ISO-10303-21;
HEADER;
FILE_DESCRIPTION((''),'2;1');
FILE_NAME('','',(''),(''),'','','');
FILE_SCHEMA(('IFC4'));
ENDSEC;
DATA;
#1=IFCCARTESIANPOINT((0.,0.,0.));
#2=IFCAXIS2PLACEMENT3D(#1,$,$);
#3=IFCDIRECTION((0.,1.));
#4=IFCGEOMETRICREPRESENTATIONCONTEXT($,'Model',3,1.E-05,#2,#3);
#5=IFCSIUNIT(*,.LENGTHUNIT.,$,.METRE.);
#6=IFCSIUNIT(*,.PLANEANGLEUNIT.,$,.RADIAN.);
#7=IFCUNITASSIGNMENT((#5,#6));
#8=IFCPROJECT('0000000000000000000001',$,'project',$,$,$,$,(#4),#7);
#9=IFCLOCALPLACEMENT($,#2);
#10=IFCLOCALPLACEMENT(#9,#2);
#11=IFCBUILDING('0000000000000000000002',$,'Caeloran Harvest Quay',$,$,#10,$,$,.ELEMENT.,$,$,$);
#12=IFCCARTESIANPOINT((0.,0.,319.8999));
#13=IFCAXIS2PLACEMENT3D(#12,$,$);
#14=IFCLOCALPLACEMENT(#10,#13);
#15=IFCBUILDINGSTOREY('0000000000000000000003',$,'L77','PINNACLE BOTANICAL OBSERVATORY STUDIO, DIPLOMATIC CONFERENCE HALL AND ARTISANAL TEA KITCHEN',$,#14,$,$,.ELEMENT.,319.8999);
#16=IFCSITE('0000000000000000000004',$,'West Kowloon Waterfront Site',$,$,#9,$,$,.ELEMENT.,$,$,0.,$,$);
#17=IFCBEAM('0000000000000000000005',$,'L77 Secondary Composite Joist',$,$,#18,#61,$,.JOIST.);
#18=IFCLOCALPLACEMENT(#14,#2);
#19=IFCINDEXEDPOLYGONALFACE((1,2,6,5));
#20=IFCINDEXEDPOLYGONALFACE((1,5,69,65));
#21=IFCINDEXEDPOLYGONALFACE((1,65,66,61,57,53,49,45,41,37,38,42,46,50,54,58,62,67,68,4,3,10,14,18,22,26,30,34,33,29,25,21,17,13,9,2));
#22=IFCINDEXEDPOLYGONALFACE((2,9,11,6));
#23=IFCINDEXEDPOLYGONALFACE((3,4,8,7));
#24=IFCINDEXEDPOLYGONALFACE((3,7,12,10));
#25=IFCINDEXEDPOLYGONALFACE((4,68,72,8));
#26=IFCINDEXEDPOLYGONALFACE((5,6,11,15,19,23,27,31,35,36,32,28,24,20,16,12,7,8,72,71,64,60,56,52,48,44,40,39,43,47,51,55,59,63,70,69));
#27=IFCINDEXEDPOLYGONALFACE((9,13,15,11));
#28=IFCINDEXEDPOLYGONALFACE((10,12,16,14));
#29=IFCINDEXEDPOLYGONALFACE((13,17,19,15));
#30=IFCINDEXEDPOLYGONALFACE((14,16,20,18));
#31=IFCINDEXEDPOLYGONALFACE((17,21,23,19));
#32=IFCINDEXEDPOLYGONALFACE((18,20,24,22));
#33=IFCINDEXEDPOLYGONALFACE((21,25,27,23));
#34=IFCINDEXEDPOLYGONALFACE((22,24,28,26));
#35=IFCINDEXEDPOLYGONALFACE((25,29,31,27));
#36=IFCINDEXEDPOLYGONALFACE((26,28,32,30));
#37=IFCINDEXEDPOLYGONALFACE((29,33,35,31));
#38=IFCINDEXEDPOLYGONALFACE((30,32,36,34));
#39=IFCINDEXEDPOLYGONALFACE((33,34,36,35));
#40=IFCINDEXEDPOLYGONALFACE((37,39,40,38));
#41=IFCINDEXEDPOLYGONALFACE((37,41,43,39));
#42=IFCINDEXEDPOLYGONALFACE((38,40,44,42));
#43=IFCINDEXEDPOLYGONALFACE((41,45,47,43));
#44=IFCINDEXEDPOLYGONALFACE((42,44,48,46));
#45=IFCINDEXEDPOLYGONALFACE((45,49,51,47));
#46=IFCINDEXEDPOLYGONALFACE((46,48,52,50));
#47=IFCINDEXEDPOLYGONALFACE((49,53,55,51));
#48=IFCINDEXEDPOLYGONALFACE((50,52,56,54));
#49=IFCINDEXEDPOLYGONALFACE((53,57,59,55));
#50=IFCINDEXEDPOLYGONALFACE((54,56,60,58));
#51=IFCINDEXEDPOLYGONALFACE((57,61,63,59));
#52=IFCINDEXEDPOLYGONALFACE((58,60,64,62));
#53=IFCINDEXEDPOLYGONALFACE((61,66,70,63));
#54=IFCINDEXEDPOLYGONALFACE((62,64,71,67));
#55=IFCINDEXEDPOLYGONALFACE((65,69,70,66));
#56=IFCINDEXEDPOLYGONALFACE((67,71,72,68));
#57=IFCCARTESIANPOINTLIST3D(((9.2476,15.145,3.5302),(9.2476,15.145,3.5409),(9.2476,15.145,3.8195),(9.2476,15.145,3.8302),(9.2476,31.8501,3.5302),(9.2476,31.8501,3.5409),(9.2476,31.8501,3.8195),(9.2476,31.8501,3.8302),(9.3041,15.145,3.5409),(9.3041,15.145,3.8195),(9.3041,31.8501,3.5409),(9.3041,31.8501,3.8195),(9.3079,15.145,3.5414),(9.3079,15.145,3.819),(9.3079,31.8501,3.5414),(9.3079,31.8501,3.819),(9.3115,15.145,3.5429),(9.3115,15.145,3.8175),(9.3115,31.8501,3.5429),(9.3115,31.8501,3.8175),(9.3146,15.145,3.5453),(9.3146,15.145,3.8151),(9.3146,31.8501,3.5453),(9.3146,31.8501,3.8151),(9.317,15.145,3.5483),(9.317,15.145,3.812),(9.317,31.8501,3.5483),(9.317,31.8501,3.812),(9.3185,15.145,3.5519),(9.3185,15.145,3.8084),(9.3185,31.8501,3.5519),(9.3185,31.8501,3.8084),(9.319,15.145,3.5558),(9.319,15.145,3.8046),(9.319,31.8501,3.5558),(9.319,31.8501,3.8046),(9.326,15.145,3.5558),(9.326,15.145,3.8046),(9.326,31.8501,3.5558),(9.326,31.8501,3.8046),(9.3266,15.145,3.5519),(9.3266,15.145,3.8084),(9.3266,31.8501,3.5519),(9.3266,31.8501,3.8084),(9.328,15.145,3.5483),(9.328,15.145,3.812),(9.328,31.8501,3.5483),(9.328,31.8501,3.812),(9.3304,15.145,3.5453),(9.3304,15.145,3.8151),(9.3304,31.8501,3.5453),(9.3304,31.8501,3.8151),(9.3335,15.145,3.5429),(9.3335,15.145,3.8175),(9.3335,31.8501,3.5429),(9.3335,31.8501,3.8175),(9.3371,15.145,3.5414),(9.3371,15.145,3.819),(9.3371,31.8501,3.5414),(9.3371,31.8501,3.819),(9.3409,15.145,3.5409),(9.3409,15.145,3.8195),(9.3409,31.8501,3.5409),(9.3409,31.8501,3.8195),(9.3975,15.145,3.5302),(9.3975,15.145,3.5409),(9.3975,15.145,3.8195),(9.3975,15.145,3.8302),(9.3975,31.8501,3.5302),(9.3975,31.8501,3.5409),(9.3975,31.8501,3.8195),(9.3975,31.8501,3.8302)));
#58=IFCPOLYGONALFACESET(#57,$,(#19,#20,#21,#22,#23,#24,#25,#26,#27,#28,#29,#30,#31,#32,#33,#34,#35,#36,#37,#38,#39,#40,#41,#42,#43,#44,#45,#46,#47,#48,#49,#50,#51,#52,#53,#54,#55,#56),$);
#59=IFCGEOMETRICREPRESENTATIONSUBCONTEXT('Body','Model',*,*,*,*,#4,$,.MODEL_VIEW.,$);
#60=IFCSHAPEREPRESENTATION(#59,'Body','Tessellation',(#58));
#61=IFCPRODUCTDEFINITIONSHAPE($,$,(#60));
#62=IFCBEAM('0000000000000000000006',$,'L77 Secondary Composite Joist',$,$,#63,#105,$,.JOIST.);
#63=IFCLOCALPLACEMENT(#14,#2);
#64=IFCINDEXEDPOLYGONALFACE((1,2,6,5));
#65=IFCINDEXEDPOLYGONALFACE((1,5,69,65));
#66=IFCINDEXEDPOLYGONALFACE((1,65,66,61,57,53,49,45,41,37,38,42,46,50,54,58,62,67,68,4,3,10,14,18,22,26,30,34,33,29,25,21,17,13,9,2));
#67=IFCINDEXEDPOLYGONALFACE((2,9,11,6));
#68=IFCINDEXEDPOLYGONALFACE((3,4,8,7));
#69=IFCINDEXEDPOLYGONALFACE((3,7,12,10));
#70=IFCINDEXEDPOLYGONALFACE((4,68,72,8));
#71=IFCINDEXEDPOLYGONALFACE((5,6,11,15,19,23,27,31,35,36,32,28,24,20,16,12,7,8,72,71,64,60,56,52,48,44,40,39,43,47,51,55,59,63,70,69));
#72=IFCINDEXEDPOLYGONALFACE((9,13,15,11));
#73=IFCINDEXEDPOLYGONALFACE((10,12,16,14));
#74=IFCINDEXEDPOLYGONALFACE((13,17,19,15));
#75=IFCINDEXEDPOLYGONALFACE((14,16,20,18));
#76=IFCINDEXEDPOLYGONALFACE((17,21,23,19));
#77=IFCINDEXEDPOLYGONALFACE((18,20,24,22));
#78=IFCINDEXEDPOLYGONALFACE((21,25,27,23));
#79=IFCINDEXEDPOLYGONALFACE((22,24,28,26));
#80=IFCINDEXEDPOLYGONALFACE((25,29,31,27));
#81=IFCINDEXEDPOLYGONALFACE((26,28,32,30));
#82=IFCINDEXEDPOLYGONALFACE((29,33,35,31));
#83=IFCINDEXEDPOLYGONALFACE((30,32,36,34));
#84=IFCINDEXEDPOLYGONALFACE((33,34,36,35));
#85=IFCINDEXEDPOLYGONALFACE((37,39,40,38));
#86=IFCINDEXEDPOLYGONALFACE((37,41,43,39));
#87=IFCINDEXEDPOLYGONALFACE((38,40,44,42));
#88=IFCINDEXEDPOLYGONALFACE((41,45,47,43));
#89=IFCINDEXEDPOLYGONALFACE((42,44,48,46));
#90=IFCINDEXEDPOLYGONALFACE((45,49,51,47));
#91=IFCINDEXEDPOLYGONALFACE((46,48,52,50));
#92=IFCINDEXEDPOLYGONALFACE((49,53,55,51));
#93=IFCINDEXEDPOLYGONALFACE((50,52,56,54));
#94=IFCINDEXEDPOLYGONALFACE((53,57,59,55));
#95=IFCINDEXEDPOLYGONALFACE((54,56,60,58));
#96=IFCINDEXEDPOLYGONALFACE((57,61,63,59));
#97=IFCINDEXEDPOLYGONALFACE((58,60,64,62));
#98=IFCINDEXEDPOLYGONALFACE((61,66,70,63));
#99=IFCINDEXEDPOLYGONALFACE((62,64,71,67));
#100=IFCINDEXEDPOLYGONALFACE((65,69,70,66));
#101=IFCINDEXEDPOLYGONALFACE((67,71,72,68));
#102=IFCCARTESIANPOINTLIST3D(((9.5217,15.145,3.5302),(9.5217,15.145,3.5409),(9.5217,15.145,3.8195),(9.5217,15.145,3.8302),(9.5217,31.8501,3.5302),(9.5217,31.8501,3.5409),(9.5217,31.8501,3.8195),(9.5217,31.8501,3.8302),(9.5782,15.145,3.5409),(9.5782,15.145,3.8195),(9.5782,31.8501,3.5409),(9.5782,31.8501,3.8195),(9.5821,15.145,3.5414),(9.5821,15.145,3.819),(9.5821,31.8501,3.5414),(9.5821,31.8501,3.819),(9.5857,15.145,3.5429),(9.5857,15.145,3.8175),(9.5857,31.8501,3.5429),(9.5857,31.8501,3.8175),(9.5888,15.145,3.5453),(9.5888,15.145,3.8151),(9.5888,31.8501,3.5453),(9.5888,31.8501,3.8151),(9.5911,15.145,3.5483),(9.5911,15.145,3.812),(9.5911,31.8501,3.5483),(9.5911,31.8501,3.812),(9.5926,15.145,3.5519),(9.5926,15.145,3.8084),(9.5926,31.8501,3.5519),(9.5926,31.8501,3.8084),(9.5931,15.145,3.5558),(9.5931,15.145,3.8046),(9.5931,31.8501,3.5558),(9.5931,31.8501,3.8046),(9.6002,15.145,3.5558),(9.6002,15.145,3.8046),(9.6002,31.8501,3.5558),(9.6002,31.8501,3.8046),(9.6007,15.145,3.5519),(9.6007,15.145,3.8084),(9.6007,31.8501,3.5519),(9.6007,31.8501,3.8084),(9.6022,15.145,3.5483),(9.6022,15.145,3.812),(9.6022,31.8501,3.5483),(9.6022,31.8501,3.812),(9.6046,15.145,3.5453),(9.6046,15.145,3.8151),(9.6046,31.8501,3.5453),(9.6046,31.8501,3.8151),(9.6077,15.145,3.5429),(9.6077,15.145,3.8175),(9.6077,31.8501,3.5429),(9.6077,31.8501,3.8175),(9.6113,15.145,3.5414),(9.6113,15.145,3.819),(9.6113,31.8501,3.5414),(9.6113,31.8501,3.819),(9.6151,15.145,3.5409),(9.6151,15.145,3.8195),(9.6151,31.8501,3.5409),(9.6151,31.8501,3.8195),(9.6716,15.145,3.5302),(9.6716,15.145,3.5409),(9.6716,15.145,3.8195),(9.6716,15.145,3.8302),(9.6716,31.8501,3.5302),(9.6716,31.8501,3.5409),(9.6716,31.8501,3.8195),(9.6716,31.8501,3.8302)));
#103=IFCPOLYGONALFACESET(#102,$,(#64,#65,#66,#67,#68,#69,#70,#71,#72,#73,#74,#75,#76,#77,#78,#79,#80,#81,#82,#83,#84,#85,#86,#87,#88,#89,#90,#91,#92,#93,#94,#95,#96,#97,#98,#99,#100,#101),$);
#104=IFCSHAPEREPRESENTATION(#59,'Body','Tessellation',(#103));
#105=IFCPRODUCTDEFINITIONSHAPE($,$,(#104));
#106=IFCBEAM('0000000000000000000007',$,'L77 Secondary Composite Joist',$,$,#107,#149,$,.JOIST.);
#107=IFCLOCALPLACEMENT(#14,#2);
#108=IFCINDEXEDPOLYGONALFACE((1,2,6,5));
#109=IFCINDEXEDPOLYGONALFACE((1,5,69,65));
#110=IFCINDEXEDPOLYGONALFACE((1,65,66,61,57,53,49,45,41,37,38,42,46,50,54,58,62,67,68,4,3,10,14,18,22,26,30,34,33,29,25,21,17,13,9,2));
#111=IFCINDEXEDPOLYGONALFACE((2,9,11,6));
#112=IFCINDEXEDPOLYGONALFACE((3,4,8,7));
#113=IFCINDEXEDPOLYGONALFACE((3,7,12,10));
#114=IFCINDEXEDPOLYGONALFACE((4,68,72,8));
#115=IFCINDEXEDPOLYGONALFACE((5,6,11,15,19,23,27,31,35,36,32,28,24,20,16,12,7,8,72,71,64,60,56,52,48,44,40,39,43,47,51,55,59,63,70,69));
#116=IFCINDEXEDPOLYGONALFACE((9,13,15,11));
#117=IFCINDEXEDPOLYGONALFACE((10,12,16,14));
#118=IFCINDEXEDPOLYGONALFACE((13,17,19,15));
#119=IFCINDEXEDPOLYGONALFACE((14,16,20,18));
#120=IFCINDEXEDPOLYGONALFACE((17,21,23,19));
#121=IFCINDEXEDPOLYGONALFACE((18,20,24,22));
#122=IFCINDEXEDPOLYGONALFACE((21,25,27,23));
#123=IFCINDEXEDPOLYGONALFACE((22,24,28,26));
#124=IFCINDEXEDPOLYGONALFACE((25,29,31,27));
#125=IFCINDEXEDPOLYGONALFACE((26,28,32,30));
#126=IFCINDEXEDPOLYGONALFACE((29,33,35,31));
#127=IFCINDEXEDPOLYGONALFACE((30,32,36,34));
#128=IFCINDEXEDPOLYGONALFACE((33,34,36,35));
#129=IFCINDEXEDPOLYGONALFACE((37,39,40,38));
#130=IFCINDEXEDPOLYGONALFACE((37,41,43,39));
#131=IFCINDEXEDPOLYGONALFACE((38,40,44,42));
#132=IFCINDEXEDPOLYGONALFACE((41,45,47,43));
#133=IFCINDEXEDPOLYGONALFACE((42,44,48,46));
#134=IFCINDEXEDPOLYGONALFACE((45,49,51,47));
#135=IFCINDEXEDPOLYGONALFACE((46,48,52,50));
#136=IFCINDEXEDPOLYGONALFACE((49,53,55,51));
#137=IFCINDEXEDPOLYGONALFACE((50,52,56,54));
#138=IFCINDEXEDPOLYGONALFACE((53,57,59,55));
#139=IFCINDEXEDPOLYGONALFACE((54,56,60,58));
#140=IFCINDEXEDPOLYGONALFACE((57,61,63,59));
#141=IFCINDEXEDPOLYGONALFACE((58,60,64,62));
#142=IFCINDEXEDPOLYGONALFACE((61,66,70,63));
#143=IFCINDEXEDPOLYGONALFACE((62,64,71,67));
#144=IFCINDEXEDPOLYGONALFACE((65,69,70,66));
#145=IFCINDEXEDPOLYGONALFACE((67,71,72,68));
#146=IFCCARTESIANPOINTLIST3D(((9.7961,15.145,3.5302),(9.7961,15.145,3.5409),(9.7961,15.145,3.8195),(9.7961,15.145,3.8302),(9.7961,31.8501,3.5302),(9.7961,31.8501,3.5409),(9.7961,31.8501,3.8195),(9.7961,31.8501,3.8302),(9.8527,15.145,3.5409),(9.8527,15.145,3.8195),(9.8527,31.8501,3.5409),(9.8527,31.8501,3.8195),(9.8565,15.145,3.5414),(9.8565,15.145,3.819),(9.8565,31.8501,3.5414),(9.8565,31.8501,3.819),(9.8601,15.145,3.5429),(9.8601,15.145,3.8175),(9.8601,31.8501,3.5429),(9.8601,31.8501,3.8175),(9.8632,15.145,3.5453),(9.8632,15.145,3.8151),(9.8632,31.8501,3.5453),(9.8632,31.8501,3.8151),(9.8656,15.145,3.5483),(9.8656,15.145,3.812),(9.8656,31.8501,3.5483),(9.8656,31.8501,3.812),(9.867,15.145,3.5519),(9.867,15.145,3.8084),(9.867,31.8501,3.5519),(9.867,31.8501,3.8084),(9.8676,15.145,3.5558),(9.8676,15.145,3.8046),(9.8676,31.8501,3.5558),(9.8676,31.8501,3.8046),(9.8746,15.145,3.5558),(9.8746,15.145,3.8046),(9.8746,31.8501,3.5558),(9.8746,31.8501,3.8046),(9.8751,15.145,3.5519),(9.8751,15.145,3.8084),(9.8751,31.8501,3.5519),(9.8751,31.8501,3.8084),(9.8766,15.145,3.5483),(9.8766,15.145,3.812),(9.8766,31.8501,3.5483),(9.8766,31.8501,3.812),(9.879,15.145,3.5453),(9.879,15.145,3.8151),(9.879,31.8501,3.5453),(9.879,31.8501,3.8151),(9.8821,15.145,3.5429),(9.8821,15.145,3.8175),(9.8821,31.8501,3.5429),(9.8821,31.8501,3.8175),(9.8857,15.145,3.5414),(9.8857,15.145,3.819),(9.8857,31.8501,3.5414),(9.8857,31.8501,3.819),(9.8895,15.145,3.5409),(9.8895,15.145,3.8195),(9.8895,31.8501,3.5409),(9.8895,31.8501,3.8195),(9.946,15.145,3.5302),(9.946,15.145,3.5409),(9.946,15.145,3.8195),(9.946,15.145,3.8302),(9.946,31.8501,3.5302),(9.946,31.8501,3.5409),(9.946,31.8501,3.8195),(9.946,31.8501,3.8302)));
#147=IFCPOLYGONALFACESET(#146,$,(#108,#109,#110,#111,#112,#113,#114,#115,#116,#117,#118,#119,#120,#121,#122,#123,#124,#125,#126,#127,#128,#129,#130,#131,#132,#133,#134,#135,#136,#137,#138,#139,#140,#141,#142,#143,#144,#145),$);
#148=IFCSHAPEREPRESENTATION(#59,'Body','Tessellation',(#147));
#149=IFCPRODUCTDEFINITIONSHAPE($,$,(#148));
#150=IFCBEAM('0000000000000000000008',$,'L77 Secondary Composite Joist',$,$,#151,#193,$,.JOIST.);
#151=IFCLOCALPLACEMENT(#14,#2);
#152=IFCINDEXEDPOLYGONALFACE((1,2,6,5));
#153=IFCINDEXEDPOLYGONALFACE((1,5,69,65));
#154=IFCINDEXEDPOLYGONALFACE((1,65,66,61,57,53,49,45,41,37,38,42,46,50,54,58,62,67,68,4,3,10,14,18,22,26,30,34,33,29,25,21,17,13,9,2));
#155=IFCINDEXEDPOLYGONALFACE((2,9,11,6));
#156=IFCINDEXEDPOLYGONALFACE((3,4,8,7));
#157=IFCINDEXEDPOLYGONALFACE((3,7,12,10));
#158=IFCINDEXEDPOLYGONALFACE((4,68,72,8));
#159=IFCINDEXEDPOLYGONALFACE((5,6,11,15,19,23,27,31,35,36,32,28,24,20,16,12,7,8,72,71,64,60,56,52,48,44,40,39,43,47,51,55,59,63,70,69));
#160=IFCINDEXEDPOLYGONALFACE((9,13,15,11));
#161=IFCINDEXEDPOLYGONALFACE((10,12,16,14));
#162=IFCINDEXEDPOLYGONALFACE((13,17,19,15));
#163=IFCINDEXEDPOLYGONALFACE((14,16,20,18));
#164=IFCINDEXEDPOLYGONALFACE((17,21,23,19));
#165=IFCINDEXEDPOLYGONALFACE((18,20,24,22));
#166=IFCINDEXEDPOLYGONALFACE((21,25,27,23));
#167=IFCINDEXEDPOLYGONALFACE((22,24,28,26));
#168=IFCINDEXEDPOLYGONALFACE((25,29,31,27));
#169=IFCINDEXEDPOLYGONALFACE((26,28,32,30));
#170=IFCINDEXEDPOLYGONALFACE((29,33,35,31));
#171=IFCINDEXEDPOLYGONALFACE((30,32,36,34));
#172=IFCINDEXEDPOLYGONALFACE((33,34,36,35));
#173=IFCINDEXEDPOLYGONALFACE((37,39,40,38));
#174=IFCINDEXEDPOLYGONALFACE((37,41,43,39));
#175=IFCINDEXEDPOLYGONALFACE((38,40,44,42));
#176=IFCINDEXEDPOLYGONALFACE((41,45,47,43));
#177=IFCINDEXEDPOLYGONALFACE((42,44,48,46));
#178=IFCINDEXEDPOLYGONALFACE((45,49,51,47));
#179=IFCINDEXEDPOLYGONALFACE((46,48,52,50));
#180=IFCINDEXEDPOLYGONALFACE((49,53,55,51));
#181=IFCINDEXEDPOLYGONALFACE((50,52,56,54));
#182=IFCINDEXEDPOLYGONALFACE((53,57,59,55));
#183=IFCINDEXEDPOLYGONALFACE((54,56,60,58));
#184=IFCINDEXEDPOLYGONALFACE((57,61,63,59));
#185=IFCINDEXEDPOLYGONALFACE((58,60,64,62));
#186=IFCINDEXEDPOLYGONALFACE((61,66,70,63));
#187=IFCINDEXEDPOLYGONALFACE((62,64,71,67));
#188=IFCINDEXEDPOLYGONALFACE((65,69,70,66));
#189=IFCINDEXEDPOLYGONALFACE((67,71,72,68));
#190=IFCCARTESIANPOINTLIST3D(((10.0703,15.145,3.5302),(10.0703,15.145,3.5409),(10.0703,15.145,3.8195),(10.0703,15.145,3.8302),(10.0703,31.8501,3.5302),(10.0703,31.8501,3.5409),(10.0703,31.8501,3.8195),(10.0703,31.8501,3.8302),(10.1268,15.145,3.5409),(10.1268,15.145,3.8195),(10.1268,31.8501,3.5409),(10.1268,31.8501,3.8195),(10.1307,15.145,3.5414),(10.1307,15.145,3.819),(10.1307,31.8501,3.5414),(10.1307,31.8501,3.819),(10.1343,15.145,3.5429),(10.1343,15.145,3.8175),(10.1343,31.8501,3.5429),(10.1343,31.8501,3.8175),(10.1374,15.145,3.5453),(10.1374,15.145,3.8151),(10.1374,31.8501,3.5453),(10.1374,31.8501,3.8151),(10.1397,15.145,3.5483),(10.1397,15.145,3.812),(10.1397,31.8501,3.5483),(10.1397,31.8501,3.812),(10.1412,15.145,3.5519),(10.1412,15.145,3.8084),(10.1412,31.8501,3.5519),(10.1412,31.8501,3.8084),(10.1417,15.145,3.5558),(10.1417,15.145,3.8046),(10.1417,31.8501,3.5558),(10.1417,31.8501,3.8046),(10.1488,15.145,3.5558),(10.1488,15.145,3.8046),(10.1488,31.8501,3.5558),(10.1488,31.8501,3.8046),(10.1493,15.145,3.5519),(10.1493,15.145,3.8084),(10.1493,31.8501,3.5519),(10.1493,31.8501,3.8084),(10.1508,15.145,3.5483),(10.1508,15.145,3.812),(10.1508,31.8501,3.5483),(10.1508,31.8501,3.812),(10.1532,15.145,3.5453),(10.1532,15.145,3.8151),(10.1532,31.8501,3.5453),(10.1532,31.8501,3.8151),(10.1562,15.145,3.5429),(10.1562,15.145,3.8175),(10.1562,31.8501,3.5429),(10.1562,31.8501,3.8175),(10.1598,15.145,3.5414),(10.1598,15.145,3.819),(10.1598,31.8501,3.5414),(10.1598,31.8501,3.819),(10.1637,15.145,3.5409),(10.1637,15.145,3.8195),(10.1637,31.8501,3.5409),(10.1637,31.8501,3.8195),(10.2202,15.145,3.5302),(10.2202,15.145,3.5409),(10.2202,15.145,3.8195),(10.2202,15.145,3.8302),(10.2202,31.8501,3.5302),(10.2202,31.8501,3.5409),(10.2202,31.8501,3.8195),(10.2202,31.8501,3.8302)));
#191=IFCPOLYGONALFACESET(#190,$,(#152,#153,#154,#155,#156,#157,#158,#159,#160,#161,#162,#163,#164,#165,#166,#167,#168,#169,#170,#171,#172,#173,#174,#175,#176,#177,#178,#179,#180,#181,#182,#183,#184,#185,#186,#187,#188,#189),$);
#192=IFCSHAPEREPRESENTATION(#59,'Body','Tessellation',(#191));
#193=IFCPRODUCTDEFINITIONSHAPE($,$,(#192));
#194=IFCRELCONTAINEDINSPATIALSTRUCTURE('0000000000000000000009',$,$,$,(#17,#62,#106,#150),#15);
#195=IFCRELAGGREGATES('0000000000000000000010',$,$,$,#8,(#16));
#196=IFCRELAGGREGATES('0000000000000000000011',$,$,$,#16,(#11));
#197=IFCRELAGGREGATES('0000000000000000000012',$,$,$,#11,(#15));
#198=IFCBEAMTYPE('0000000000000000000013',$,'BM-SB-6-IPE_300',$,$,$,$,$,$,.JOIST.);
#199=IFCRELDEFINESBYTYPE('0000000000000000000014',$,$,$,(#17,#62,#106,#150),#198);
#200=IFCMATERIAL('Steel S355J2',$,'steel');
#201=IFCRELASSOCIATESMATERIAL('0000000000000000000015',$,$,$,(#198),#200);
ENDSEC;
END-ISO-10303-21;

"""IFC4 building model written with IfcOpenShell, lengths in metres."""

from ifc_helpers import new_model, si_unit, direction, frame, origin, origin_2d, place, context, subcontext, project, spatial, i_section, extrude, material, material_profile, profile_set, type_object, element, save


model = new_model("IFC4")

# Units and contexts
model_context = context("Model", 3, precision=1e-05, world=origin(), true_north=direction((0.0, 1.0)))
body_context = subcontext(model_context, "Body", "Model", "MODEL_VIEW")
ifc_project = project(units=[si_unit("LENGTHUNIT", "METRE"), si_unit("PLANEANGLEUNIT", "RADIAN")], contexts=[model_context])

# Site, building, storey
site_placement = place(None, origin())
site = spatial("IfcSite", under=ifc_project, at=site_placement, Name="West Kowloon Waterfront Site", CompositionType="ELEMENT", RefElevation=0.0)
building_placement = place(site_placement, origin())
building = spatial("IfcBuilding", under=site, at=building_placement, Name="Caeloran Harvest Quay", CompositionType="ELEMENT")
storey_placement = place(building_placement, frame((0.0, 0.0, 319.8999)))
storey = spatial("IfcBuildingStorey", under=building, at=storey_placement, Name="L77", Description="PINNACLE BOTANICAL OBSERVATORY STUDIO, DIPLOMATIC CONFERENCE HALL AND ARTISANAL TEA KITCHEN", CompositionType="ELEMENT", Elevation=319.8999)

# Beams
ifc_material_1 = material(Name="Steel S355J2", Category="steel")
ifc_material_profile_1 = material_profile(ifc_material_1, i_section(OverallWidth=0.1499, OverallDepth=0.3, WebThickness=0.0071, FlangeThickness=0.0107, FilletRadius=0.0149, at=origin_2d()), Name="IPE 300")
ifc_profile_set_1 = profile_set([ifc_material_profile_1], Name="Steel S355J2")
beam_type_1 = type_object("IfcBeamType", Name="BM-SB-6-IPE_300", PredefinedType="JOIST", material=ifc_profile_set_1)
for number, where, z_axis, x_axis, name in (
    (1, (9.3225, 15.145, 3.6802), (0.0, 1.0, 0.0), (-1.0, 0.0, 0.0), "L77 Secondary Composite Joist"),
    (2, (9.5967, 15.145, 3.6802), (0.0, 1.0, 0.0), (-1.0, 0.0, 0.0), "L77 Secondary Composite Joist"),
    (3, (9.8711, 15.145, 3.6802), (0.0, 1.0, 0.0), (-1.0, 0.0, 0.0), "L77 Secondary Composite Joist"),
    (4, (10.1453, 15.145, 3.6802), (0.0, 1.0, 0.0), (-1.0, 0.0, 0.0), "L77 Secondary Composite Joist"),
):
    element("IfcBeam", number, at=place(storey_placement, frame(where, z_axis=z_axis, x_axis=x_axis)), inside=storey, type_object=beam_type_1, Name=name, PredefinedType="JOIST", context=body_context, shape_type="SweptSolid", body=[
        extrude(i_section(OverallWidth=0.1499, OverallDepth=0.3, WebThickness=0.0071, FlangeThickness=0.0107, FilletRadius=0.0149, at=origin_2d()), origin(), (0.0, 0.0, 1.0), 16.7051),
    ])

save(model, "model.ifc")
